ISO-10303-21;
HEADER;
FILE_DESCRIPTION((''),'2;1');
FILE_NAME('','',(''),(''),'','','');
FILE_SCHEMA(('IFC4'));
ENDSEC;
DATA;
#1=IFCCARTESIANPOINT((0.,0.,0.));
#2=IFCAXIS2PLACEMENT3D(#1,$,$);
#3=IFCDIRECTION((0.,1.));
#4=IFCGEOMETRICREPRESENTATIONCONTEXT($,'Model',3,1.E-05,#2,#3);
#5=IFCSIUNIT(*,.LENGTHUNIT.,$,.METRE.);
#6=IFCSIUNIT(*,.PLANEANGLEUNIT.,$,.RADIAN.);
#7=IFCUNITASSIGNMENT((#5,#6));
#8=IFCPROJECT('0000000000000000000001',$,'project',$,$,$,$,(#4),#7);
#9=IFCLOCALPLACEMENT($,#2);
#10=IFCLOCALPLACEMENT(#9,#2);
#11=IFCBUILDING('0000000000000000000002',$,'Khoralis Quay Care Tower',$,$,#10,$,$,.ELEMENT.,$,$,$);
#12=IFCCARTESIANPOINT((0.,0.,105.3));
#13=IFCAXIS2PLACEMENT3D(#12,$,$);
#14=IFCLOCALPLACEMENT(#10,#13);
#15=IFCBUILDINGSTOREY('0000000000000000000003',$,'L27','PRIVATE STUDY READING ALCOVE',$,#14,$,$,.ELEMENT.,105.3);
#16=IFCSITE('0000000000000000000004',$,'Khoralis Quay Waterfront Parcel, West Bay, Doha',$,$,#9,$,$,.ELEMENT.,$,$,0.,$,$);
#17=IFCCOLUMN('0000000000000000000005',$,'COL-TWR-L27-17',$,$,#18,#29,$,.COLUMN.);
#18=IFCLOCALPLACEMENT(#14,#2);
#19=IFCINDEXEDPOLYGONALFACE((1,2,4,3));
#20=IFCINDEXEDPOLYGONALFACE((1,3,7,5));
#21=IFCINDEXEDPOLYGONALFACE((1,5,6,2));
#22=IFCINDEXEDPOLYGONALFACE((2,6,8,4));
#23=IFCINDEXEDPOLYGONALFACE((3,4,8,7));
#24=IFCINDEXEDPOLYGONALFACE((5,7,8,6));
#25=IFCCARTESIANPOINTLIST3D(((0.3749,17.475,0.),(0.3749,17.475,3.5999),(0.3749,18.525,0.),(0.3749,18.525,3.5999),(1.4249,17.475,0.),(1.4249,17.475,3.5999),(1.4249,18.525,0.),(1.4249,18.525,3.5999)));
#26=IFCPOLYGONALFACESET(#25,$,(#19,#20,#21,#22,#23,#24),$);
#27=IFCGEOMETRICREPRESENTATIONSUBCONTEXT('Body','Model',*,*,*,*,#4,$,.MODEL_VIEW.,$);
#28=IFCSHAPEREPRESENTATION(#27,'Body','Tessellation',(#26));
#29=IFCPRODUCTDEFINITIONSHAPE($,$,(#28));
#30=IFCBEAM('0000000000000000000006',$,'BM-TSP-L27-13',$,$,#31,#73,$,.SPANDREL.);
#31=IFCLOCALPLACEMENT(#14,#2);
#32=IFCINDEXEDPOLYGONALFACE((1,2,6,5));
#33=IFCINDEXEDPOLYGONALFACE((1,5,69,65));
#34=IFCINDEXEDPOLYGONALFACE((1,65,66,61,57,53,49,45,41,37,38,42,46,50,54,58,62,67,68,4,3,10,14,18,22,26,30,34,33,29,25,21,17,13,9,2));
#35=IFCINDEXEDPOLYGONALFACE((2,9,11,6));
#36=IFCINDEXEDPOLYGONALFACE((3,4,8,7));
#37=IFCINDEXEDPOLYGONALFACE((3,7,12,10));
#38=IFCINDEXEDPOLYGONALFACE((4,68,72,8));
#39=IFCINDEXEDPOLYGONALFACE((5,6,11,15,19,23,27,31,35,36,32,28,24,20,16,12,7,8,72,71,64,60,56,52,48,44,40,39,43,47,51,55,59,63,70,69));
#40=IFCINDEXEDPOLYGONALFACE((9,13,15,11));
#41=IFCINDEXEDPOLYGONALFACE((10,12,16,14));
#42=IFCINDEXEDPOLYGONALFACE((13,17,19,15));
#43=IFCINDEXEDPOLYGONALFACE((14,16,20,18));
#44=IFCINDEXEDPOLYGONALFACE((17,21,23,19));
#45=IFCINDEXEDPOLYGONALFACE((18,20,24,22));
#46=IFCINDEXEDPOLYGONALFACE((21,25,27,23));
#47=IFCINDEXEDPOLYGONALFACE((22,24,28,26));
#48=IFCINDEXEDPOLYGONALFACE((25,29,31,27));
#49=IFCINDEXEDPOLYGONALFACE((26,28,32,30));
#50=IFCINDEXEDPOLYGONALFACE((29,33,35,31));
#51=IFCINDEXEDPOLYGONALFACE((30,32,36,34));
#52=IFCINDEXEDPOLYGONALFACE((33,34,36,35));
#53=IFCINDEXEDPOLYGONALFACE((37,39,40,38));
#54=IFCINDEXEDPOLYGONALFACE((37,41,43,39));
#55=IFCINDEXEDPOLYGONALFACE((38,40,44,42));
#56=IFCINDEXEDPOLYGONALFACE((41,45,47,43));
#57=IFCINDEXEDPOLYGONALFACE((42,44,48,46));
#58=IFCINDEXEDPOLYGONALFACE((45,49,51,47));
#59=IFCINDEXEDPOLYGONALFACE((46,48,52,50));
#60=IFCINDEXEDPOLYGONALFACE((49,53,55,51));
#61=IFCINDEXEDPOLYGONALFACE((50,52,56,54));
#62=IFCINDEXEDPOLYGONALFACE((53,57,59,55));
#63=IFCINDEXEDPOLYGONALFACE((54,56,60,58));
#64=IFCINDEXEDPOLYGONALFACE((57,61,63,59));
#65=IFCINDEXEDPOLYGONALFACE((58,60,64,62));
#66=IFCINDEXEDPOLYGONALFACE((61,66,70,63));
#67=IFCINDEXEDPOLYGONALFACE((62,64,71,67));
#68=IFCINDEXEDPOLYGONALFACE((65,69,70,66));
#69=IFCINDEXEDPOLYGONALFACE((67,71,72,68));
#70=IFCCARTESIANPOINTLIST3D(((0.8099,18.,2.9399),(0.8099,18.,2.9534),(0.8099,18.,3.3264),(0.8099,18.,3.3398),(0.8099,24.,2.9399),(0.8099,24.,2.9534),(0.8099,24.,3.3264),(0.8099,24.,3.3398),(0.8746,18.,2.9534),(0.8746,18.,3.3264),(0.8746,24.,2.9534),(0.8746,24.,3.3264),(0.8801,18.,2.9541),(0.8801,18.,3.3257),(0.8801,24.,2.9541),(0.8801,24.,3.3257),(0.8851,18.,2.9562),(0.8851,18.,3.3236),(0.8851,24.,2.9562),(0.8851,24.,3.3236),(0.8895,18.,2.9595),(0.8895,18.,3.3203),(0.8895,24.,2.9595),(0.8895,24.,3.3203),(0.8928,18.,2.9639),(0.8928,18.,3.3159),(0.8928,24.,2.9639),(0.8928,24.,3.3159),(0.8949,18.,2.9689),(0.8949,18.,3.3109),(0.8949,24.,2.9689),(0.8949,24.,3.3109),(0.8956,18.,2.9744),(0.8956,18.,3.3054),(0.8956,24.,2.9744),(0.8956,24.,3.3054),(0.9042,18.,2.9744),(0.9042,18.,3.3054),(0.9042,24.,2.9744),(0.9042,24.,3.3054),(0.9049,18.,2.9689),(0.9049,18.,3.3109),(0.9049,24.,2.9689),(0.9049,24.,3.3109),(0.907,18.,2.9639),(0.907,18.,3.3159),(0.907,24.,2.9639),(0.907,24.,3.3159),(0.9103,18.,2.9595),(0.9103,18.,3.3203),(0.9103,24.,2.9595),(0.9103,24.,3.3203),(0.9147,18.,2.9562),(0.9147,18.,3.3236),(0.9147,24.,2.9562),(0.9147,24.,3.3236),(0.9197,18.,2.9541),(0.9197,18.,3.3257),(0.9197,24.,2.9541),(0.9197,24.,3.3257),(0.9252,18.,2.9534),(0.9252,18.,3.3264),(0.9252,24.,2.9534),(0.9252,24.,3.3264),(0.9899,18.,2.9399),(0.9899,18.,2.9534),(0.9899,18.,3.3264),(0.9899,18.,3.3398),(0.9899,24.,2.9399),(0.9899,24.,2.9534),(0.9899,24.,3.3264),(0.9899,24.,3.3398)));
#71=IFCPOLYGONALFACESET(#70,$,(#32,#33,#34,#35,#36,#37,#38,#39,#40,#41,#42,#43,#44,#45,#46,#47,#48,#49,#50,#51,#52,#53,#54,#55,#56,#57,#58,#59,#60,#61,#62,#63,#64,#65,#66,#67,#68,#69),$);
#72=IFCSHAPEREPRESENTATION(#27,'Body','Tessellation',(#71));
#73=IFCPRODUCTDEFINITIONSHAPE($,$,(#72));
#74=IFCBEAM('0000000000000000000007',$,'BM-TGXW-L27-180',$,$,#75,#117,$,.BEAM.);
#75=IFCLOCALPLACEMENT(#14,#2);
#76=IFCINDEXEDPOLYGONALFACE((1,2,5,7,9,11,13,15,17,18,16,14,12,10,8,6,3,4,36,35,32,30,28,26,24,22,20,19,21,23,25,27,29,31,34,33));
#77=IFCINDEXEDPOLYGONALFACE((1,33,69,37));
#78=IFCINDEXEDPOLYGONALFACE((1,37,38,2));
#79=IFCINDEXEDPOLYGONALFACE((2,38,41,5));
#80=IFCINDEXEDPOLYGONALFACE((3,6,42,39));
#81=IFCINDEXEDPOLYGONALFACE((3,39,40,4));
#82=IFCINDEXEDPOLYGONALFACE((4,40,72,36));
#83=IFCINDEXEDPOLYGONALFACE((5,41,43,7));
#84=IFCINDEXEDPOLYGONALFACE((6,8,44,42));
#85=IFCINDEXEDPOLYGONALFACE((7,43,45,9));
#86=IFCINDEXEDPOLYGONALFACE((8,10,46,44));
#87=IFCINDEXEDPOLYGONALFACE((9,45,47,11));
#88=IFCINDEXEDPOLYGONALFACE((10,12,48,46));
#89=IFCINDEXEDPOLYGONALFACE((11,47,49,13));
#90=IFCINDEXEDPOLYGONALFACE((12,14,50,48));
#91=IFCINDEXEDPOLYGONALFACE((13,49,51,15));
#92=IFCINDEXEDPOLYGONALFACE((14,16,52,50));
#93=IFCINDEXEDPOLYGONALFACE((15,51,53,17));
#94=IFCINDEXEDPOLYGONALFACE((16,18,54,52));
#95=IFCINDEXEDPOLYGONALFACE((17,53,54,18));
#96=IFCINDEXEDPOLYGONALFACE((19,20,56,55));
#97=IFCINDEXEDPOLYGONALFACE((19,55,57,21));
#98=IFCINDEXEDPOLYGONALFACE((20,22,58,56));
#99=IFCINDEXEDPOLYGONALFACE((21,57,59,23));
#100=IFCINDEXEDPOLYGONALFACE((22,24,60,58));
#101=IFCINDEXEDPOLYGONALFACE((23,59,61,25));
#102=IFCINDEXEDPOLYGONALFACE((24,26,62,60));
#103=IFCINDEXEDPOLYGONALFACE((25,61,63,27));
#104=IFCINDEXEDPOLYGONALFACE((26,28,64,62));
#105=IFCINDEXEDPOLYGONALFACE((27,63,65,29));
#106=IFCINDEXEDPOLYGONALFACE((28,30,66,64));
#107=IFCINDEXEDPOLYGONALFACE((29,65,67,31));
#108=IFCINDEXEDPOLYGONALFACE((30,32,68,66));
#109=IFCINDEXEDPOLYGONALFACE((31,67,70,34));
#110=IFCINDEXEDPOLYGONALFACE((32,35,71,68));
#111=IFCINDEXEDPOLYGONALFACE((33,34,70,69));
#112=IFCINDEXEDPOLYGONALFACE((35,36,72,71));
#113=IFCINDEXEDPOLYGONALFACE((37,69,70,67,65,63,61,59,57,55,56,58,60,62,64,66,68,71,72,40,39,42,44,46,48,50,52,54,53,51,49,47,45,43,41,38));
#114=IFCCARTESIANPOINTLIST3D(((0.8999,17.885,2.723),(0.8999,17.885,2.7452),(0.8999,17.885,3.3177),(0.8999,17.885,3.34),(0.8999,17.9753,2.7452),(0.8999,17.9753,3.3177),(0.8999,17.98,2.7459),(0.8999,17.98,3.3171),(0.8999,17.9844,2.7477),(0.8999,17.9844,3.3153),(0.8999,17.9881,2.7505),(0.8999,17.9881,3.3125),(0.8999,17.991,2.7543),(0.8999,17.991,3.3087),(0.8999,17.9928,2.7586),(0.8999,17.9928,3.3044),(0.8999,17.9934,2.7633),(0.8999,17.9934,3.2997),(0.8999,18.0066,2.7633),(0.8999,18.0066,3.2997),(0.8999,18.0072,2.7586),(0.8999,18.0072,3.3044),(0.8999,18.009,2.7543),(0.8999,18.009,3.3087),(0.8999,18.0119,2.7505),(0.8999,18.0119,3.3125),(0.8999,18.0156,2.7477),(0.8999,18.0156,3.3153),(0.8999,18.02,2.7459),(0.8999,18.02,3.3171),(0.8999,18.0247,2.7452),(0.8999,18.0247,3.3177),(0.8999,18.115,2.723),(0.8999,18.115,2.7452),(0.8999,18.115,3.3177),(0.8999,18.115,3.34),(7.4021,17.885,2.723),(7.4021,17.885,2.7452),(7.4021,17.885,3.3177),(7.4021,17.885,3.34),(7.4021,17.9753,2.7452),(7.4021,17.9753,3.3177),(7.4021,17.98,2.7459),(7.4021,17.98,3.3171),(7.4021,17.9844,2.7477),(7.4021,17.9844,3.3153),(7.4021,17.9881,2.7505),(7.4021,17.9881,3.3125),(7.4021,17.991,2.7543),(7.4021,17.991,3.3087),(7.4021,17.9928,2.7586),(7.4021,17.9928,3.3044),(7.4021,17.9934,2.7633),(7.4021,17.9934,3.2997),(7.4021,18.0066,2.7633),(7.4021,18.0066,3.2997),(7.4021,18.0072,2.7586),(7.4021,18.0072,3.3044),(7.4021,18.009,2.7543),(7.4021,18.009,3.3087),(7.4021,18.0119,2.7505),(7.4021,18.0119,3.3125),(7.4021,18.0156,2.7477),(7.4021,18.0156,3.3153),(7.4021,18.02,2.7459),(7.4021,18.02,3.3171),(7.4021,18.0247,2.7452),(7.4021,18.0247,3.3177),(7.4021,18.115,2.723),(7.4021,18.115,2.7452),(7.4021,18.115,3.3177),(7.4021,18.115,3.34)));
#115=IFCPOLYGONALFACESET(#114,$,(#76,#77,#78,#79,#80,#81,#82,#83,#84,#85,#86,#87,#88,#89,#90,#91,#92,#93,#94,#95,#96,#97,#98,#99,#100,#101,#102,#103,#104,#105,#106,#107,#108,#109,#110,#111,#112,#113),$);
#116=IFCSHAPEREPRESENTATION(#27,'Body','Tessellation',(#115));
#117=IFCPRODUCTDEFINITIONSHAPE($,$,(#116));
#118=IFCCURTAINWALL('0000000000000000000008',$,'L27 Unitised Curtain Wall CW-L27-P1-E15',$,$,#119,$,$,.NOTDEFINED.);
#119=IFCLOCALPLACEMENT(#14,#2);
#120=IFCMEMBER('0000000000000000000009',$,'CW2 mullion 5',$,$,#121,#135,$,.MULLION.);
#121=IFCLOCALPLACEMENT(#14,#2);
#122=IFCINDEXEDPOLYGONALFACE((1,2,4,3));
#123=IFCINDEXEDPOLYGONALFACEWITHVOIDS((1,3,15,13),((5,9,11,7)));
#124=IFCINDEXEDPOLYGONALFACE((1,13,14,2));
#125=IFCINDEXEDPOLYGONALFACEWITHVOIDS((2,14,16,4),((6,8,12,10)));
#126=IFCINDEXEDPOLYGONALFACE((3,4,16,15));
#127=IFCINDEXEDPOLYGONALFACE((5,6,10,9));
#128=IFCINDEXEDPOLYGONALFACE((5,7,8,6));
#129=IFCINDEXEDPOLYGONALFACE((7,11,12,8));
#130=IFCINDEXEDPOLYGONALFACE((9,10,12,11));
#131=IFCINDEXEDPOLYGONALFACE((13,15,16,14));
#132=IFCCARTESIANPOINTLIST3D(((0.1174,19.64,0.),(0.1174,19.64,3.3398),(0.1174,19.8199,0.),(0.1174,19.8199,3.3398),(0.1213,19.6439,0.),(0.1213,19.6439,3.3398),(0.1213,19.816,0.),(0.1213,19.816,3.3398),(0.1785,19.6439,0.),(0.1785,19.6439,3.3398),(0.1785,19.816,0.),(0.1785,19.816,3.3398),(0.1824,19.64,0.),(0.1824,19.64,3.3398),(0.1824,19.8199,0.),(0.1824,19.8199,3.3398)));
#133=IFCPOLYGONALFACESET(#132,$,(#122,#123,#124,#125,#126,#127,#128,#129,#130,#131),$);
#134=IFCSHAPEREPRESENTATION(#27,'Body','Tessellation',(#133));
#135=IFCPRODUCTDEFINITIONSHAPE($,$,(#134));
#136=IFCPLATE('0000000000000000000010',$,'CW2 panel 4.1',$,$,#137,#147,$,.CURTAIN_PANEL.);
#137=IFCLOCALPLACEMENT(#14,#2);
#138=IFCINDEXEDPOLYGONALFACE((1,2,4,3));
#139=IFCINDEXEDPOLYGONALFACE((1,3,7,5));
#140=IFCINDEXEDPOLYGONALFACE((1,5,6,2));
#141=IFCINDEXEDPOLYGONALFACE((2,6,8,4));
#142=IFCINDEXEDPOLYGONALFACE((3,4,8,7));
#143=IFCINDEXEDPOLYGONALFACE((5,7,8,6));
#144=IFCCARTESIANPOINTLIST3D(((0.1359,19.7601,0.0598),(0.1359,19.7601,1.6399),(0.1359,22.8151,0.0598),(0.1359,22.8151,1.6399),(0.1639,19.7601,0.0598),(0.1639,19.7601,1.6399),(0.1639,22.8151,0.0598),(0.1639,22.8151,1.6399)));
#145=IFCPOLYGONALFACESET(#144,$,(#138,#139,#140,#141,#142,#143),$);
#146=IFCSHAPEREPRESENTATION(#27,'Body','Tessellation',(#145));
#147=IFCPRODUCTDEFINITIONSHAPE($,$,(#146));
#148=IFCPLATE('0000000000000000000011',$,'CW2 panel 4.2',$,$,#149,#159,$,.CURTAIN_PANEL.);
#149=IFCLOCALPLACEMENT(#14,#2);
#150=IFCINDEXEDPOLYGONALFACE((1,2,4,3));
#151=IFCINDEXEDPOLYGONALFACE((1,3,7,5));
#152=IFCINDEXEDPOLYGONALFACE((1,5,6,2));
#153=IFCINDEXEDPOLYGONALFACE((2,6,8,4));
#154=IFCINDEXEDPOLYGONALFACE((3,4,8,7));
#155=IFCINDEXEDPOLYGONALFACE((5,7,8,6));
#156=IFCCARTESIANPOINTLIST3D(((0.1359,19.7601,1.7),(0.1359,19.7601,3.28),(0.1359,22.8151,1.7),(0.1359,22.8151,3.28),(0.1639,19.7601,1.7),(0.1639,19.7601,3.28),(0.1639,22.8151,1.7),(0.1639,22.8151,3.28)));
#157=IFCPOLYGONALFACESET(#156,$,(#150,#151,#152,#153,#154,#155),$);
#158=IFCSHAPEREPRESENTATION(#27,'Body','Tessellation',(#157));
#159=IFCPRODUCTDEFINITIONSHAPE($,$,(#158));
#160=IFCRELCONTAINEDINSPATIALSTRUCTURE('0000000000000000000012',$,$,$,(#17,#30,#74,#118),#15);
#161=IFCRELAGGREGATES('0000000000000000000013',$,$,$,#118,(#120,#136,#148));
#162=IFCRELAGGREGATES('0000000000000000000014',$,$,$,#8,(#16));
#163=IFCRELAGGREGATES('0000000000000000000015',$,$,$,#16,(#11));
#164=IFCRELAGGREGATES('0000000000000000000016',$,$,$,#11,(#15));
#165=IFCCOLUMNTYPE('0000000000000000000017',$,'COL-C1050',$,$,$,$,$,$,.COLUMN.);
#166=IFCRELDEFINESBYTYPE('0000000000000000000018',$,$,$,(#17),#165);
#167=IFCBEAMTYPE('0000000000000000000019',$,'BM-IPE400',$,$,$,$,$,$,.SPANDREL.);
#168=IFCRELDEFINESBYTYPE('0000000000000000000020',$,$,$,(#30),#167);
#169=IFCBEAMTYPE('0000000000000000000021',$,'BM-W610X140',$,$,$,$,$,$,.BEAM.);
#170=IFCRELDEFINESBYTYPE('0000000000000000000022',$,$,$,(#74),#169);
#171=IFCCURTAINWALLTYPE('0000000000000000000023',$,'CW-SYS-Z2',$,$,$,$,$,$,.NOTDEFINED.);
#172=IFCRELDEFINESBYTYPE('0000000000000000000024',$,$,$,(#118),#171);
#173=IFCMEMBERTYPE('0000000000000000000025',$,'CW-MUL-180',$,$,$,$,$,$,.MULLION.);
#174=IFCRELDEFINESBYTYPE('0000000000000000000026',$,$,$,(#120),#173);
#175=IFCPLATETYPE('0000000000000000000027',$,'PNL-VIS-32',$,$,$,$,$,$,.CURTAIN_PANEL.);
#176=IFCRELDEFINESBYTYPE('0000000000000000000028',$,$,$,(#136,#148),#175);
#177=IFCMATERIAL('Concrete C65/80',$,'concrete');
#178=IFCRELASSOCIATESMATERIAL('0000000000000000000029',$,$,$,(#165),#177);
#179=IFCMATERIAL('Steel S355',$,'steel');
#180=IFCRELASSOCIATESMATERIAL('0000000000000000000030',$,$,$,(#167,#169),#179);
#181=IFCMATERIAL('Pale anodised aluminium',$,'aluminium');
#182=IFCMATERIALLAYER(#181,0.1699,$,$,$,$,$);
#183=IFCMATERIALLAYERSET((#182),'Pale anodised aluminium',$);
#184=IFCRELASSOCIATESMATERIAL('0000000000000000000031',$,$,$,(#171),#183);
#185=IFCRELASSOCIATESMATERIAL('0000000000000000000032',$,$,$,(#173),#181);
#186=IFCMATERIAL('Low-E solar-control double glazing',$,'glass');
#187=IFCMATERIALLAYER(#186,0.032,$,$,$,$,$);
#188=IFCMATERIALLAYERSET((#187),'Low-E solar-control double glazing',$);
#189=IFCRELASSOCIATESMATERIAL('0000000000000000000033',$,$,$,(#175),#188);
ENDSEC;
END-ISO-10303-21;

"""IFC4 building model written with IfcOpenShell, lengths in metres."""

from ifc_helpers import new_model, si_unit, direction, frame, origin, origin_2d, place, context, subcontext, project, spatial, rectangle, hollow_rectangle, i_section, extrude, source, transform, mapped, material, layer, layer_set, material_profile, profile_set, type_object, element, aggregate, save


model = new_model("IFC4")

# Units and contexts
model_context = context("Model", 3, precision=1e-05, world=origin(), true_north=direction((0.0, 1.0)))
body_context = subcontext(model_context, "Body", "Model", "MODEL_VIEW")
ifc_project = project(units=[si_unit("LENGTHUNIT", "METRE"), si_unit("PLANEANGLEUNIT", "RADIAN")], contexts=[model_context])

# Site, building, storey
site_placement = place(None, origin())
site = spatial("IfcSite", under=ifc_project, at=site_placement, Name="Khoralis Quay Waterfront Parcel, West Bay, Doha", CompositionType="ELEMENT", RefElevation=0.0)
building_placement = place(site_placement, origin())
building = spatial("IfcBuilding", under=site, at=building_placement, Name="Khoralis Quay Care Tower", CompositionType="ELEMENT")
storey_placement = place(building_placement, frame((0.0, 0.0, 105.3)))
storey = spatial("IfcBuildingStorey", under=building, at=storey_placement, Name="L27", Description="PRIVATE STUDY READING ALCOVE", CompositionType="ELEMENT", Elevation=105.3)

# Column
ifc_material_1 = material(Name="Concrete C65/80", Category="concrete")
ifc_material_profile_1 = material_profile(ifc_material_1, rectangle(XDim=1.05, YDim=1.05, at=origin_2d()), Name="Concrete C65/80")
ifc_profile_set_1 = profile_set([ifc_material_profile_1], Name="Concrete C65/80")
column_type = type_object("IfcColumnType", Name="COL-C1050", PredefinedType="COLUMN", material=ifc_profile_set_1)
shared_shape_1 = source(origin(), body_context, "Body", "SweptSolid", [
    extrude(rectangle(XDim=1.05, YDim=1.05, at=origin_2d()), origin(), (0.0, 0.0, 1.0), 3.5999),
])
column_placement = place(storey_placement, frame((0.8999, 18.0, 0.0), z_axis=(0.0, 0.0, 1.0), x_axis=(1.0, 0.0, 0.0)))
element("IfcColumn", 1, at=column_placement, inside=storey, type_object=column_type, Name="COL-TWR-L27-17", PredefinedType="COLUMN", context=body_context, shape_type="MappedRepresentation", body=[
    mapped(shared_shape_1, transform((0.0, 0.0, 0.0), scale=1.0)),
])

# Beams
ifc_material_2 = material(Name="Steel S355", Category="steel")
ifc_material_profile_2 = material_profile(ifc_material_2, i_section(OverallWidth=0.1799, OverallDepth=0.3999, WebThickness=0.0085, FlangeThickness=0.0134, FilletRadius=0.021, at=origin_2d()), Name="Steel S355")
ifc_profile_set_2 = profile_set([ifc_material_profile_2], Name="Steel S355")
beam_type_1 = type_object("IfcBeamType", Name="BM-IPE400", PredefinedType="SPANDREL", material=ifc_profile_set_2)
shared_shape_2 = source(origin(), body_context, "Body", "SweptSolid", [
    extrude(i_section(OverallWidth=0.1799, OverallDepth=0.3999, WebThickness=0.0085, FlangeThickness=0.0134, FilletRadius=0.021, at=origin_2d()), origin(), (0.0, 0.0, 1.0), 6.0),
])
beam_1_placement = place(storey_placement, frame((0.8999, 18.0, 3.1399), z_axis=(0.0, 1.0, 0.0), x_axis=(-1.0, 0.0, 0.0)))
element("IfcBeam", 2, at=beam_1_placement, inside=storey, type_object=beam_type_1, Name="BM-TSP-L27-13", PredefinedType="SPANDREL", context=body_context, shape_type="MappedRepresentation", body=[
    mapped(shared_shape_2, transform((0.0, 0.0, 0.0), scale=1.0)),
])
ifc_material_profile_3 = material_profile(ifc_material_2, i_section(OverallWidth=0.23, OverallDepth=0.6169, WebThickness=0.0132, FlangeThickness=0.0222, FilletRadius=0.0181, at=origin_2d()), Name="Steel S355")
ifc_profile_set_3 = profile_set([ifc_material_profile_3], Name="Steel S355")
beam_type_2 = type_object("IfcBeamType", Name="BM-W610X140", PredefinedType="BEAM", material=ifc_profile_set_3)
shared_shape_3 = source(origin(), body_context, "Body", "SweptSolid", [
    extrude(i_section(OverallWidth=0.23, OverallDepth=0.6169, WebThickness=0.0132, FlangeThickness=0.0222, FilletRadius=0.0181, at=origin_2d()), origin(), (0.0, 0.0, 1.0), 6.5022),
])
beam_2_placement = place(storey_placement, frame((0.8999, 18.0, 3.0315), z_axis=(1.0, 0.0, 0.0), x_axis=(0.0, 1.0, 0.0)))
element("IfcBeam", 3, at=beam_2_placement, inside=storey, type_object=beam_type_2, Name="BM-TGXW-L27-180", PredefinedType="BEAM", context=body_context, shape_type="MappedRepresentation", body=[
    mapped(shared_shape_3, transform((0.0, 0.0, 0.0), scale=1.0)),
])

# Curtain wall, member, plates
ifc_material_3 = material(Name="Pale anodised aluminium", Category="aluminium")
ifc_layer_1 = layer(ifc_material_3, 0.1699)
ifc_layer_set_1 = layer_set([ifc_layer_1], Name="Pale anodised aluminium")
curtain_wall_type = type_object("IfcCurtainWallType", Name="CW-SYS-Z2", PredefinedType="NOTDEFINED", material=ifc_layer_set_1)
curtain_wall_placement = place(storey_placement, origin())
curtain_wall = element("IfcCurtainWall", 4, at=curtain_wall_placement, inside=storey, type_object=curtain_wall_type, Name="L27 Unitised Curtain Wall CW-L27-P1-E15", PredefinedType="NOTDEFINED")
ifc_material_profile_4 = material_profile(ifc_material_3, hollow_rectangle(XDim=0.0649, YDim=0.1799, WallThickness=0.0039, at=origin_2d()), Name="Pale anodised aluminium")
ifc_profile_set_4 = profile_set([ifc_material_profile_4], Name="Pale anodised aluminium")
member_type = type_object("IfcMemberType", Name="CW-MUL-180", PredefinedType="MULLION", material=ifc_profile_set_4)
shared_shape_4 = source(origin(), body_context, "Body", "SweptSolid", [
    extrude(hollow_rectangle(XDim=0.0649, YDim=0.1799, WallThickness=0.0039, at=origin_2d()), origin(), (0.0, 0.0, 1.0), 3.3398),
])
member_placement = place(storey_placement, frame((0.1499, 19.73, 0.0), z_axis=(0.0, 0.0, 1.0), x_axis=(1.0, 0.0, 0.0)))
member = element("IfcMember", 5, at=member_placement, type_object=member_type, Name="CW2 mullion 5", PredefinedType="MULLION", context=body_context, shape_type="MappedRepresentation", body=[
    mapped(shared_shape_4, transform((0.0, 0.0, 0.0), scale=1.0)),
])
ifc_material_4 = material(Name="Low-E solar-control double glazing", Category="glass")
ifc_layer_2 = layer(ifc_material_4, 0.032)
ifc_layer_set_2 = layer_set([ifc_layer_2], Name="Low-E solar-control double glazing")
plate_type = type_object("IfcPlateType", Name="PNL-VIS-32", PredefinedType="CURTAIN_PANEL", material=ifc_layer_set_2)
shared_shape_5 = source(origin(), body_context, "Body", "SweptSolid", [
    extrude(rectangle(XDim=3.0549, YDim=0.0281, at=origin_2d()), origin(), (0.0, 0.0, 1.0), 1.5801),
])
plate_1_placement = place(storey_placement, frame((0.1499, 21.2876, 0.0598), z_axis=(0.0, 0.0, 1.0), x_axis=(0.0, -1.0, 0.0)))
plate_1 = element("IfcPlate", 6, at=plate_1_placement, type_object=plate_type, Name="CW2 panel 4.1", PredefinedType="CURTAIN_PANEL", context=body_context, shape_type="MappedRepresentation", body=[
    mapped(shared_shape_5, transform((0.0, 0.0, 0.0), scale=1.0)),
])
plate_2_placement = place(storey_placement, frame((0.1499, 21.2876, 1.7), z_axis=(0.0, 0.0, 1.0), x_axis=(0.0, -1.0, 0.0)))
plate_2 = element("IfcPlate", 7, at=plate_2_placement, type_object=plate_type, Name="CW2 panel 4.2", PredefinedType="CURTAIN_PANEL", context=body_context, shape_type="MappedRepresentation", body=[
    mapped(shared_shape_5, transform((0.0, 0.0, 0.0), scale=1.0)),
])
aggregate(curtain_wall, [member, plate_1, plate_2])

save(model, "model.ifc")
